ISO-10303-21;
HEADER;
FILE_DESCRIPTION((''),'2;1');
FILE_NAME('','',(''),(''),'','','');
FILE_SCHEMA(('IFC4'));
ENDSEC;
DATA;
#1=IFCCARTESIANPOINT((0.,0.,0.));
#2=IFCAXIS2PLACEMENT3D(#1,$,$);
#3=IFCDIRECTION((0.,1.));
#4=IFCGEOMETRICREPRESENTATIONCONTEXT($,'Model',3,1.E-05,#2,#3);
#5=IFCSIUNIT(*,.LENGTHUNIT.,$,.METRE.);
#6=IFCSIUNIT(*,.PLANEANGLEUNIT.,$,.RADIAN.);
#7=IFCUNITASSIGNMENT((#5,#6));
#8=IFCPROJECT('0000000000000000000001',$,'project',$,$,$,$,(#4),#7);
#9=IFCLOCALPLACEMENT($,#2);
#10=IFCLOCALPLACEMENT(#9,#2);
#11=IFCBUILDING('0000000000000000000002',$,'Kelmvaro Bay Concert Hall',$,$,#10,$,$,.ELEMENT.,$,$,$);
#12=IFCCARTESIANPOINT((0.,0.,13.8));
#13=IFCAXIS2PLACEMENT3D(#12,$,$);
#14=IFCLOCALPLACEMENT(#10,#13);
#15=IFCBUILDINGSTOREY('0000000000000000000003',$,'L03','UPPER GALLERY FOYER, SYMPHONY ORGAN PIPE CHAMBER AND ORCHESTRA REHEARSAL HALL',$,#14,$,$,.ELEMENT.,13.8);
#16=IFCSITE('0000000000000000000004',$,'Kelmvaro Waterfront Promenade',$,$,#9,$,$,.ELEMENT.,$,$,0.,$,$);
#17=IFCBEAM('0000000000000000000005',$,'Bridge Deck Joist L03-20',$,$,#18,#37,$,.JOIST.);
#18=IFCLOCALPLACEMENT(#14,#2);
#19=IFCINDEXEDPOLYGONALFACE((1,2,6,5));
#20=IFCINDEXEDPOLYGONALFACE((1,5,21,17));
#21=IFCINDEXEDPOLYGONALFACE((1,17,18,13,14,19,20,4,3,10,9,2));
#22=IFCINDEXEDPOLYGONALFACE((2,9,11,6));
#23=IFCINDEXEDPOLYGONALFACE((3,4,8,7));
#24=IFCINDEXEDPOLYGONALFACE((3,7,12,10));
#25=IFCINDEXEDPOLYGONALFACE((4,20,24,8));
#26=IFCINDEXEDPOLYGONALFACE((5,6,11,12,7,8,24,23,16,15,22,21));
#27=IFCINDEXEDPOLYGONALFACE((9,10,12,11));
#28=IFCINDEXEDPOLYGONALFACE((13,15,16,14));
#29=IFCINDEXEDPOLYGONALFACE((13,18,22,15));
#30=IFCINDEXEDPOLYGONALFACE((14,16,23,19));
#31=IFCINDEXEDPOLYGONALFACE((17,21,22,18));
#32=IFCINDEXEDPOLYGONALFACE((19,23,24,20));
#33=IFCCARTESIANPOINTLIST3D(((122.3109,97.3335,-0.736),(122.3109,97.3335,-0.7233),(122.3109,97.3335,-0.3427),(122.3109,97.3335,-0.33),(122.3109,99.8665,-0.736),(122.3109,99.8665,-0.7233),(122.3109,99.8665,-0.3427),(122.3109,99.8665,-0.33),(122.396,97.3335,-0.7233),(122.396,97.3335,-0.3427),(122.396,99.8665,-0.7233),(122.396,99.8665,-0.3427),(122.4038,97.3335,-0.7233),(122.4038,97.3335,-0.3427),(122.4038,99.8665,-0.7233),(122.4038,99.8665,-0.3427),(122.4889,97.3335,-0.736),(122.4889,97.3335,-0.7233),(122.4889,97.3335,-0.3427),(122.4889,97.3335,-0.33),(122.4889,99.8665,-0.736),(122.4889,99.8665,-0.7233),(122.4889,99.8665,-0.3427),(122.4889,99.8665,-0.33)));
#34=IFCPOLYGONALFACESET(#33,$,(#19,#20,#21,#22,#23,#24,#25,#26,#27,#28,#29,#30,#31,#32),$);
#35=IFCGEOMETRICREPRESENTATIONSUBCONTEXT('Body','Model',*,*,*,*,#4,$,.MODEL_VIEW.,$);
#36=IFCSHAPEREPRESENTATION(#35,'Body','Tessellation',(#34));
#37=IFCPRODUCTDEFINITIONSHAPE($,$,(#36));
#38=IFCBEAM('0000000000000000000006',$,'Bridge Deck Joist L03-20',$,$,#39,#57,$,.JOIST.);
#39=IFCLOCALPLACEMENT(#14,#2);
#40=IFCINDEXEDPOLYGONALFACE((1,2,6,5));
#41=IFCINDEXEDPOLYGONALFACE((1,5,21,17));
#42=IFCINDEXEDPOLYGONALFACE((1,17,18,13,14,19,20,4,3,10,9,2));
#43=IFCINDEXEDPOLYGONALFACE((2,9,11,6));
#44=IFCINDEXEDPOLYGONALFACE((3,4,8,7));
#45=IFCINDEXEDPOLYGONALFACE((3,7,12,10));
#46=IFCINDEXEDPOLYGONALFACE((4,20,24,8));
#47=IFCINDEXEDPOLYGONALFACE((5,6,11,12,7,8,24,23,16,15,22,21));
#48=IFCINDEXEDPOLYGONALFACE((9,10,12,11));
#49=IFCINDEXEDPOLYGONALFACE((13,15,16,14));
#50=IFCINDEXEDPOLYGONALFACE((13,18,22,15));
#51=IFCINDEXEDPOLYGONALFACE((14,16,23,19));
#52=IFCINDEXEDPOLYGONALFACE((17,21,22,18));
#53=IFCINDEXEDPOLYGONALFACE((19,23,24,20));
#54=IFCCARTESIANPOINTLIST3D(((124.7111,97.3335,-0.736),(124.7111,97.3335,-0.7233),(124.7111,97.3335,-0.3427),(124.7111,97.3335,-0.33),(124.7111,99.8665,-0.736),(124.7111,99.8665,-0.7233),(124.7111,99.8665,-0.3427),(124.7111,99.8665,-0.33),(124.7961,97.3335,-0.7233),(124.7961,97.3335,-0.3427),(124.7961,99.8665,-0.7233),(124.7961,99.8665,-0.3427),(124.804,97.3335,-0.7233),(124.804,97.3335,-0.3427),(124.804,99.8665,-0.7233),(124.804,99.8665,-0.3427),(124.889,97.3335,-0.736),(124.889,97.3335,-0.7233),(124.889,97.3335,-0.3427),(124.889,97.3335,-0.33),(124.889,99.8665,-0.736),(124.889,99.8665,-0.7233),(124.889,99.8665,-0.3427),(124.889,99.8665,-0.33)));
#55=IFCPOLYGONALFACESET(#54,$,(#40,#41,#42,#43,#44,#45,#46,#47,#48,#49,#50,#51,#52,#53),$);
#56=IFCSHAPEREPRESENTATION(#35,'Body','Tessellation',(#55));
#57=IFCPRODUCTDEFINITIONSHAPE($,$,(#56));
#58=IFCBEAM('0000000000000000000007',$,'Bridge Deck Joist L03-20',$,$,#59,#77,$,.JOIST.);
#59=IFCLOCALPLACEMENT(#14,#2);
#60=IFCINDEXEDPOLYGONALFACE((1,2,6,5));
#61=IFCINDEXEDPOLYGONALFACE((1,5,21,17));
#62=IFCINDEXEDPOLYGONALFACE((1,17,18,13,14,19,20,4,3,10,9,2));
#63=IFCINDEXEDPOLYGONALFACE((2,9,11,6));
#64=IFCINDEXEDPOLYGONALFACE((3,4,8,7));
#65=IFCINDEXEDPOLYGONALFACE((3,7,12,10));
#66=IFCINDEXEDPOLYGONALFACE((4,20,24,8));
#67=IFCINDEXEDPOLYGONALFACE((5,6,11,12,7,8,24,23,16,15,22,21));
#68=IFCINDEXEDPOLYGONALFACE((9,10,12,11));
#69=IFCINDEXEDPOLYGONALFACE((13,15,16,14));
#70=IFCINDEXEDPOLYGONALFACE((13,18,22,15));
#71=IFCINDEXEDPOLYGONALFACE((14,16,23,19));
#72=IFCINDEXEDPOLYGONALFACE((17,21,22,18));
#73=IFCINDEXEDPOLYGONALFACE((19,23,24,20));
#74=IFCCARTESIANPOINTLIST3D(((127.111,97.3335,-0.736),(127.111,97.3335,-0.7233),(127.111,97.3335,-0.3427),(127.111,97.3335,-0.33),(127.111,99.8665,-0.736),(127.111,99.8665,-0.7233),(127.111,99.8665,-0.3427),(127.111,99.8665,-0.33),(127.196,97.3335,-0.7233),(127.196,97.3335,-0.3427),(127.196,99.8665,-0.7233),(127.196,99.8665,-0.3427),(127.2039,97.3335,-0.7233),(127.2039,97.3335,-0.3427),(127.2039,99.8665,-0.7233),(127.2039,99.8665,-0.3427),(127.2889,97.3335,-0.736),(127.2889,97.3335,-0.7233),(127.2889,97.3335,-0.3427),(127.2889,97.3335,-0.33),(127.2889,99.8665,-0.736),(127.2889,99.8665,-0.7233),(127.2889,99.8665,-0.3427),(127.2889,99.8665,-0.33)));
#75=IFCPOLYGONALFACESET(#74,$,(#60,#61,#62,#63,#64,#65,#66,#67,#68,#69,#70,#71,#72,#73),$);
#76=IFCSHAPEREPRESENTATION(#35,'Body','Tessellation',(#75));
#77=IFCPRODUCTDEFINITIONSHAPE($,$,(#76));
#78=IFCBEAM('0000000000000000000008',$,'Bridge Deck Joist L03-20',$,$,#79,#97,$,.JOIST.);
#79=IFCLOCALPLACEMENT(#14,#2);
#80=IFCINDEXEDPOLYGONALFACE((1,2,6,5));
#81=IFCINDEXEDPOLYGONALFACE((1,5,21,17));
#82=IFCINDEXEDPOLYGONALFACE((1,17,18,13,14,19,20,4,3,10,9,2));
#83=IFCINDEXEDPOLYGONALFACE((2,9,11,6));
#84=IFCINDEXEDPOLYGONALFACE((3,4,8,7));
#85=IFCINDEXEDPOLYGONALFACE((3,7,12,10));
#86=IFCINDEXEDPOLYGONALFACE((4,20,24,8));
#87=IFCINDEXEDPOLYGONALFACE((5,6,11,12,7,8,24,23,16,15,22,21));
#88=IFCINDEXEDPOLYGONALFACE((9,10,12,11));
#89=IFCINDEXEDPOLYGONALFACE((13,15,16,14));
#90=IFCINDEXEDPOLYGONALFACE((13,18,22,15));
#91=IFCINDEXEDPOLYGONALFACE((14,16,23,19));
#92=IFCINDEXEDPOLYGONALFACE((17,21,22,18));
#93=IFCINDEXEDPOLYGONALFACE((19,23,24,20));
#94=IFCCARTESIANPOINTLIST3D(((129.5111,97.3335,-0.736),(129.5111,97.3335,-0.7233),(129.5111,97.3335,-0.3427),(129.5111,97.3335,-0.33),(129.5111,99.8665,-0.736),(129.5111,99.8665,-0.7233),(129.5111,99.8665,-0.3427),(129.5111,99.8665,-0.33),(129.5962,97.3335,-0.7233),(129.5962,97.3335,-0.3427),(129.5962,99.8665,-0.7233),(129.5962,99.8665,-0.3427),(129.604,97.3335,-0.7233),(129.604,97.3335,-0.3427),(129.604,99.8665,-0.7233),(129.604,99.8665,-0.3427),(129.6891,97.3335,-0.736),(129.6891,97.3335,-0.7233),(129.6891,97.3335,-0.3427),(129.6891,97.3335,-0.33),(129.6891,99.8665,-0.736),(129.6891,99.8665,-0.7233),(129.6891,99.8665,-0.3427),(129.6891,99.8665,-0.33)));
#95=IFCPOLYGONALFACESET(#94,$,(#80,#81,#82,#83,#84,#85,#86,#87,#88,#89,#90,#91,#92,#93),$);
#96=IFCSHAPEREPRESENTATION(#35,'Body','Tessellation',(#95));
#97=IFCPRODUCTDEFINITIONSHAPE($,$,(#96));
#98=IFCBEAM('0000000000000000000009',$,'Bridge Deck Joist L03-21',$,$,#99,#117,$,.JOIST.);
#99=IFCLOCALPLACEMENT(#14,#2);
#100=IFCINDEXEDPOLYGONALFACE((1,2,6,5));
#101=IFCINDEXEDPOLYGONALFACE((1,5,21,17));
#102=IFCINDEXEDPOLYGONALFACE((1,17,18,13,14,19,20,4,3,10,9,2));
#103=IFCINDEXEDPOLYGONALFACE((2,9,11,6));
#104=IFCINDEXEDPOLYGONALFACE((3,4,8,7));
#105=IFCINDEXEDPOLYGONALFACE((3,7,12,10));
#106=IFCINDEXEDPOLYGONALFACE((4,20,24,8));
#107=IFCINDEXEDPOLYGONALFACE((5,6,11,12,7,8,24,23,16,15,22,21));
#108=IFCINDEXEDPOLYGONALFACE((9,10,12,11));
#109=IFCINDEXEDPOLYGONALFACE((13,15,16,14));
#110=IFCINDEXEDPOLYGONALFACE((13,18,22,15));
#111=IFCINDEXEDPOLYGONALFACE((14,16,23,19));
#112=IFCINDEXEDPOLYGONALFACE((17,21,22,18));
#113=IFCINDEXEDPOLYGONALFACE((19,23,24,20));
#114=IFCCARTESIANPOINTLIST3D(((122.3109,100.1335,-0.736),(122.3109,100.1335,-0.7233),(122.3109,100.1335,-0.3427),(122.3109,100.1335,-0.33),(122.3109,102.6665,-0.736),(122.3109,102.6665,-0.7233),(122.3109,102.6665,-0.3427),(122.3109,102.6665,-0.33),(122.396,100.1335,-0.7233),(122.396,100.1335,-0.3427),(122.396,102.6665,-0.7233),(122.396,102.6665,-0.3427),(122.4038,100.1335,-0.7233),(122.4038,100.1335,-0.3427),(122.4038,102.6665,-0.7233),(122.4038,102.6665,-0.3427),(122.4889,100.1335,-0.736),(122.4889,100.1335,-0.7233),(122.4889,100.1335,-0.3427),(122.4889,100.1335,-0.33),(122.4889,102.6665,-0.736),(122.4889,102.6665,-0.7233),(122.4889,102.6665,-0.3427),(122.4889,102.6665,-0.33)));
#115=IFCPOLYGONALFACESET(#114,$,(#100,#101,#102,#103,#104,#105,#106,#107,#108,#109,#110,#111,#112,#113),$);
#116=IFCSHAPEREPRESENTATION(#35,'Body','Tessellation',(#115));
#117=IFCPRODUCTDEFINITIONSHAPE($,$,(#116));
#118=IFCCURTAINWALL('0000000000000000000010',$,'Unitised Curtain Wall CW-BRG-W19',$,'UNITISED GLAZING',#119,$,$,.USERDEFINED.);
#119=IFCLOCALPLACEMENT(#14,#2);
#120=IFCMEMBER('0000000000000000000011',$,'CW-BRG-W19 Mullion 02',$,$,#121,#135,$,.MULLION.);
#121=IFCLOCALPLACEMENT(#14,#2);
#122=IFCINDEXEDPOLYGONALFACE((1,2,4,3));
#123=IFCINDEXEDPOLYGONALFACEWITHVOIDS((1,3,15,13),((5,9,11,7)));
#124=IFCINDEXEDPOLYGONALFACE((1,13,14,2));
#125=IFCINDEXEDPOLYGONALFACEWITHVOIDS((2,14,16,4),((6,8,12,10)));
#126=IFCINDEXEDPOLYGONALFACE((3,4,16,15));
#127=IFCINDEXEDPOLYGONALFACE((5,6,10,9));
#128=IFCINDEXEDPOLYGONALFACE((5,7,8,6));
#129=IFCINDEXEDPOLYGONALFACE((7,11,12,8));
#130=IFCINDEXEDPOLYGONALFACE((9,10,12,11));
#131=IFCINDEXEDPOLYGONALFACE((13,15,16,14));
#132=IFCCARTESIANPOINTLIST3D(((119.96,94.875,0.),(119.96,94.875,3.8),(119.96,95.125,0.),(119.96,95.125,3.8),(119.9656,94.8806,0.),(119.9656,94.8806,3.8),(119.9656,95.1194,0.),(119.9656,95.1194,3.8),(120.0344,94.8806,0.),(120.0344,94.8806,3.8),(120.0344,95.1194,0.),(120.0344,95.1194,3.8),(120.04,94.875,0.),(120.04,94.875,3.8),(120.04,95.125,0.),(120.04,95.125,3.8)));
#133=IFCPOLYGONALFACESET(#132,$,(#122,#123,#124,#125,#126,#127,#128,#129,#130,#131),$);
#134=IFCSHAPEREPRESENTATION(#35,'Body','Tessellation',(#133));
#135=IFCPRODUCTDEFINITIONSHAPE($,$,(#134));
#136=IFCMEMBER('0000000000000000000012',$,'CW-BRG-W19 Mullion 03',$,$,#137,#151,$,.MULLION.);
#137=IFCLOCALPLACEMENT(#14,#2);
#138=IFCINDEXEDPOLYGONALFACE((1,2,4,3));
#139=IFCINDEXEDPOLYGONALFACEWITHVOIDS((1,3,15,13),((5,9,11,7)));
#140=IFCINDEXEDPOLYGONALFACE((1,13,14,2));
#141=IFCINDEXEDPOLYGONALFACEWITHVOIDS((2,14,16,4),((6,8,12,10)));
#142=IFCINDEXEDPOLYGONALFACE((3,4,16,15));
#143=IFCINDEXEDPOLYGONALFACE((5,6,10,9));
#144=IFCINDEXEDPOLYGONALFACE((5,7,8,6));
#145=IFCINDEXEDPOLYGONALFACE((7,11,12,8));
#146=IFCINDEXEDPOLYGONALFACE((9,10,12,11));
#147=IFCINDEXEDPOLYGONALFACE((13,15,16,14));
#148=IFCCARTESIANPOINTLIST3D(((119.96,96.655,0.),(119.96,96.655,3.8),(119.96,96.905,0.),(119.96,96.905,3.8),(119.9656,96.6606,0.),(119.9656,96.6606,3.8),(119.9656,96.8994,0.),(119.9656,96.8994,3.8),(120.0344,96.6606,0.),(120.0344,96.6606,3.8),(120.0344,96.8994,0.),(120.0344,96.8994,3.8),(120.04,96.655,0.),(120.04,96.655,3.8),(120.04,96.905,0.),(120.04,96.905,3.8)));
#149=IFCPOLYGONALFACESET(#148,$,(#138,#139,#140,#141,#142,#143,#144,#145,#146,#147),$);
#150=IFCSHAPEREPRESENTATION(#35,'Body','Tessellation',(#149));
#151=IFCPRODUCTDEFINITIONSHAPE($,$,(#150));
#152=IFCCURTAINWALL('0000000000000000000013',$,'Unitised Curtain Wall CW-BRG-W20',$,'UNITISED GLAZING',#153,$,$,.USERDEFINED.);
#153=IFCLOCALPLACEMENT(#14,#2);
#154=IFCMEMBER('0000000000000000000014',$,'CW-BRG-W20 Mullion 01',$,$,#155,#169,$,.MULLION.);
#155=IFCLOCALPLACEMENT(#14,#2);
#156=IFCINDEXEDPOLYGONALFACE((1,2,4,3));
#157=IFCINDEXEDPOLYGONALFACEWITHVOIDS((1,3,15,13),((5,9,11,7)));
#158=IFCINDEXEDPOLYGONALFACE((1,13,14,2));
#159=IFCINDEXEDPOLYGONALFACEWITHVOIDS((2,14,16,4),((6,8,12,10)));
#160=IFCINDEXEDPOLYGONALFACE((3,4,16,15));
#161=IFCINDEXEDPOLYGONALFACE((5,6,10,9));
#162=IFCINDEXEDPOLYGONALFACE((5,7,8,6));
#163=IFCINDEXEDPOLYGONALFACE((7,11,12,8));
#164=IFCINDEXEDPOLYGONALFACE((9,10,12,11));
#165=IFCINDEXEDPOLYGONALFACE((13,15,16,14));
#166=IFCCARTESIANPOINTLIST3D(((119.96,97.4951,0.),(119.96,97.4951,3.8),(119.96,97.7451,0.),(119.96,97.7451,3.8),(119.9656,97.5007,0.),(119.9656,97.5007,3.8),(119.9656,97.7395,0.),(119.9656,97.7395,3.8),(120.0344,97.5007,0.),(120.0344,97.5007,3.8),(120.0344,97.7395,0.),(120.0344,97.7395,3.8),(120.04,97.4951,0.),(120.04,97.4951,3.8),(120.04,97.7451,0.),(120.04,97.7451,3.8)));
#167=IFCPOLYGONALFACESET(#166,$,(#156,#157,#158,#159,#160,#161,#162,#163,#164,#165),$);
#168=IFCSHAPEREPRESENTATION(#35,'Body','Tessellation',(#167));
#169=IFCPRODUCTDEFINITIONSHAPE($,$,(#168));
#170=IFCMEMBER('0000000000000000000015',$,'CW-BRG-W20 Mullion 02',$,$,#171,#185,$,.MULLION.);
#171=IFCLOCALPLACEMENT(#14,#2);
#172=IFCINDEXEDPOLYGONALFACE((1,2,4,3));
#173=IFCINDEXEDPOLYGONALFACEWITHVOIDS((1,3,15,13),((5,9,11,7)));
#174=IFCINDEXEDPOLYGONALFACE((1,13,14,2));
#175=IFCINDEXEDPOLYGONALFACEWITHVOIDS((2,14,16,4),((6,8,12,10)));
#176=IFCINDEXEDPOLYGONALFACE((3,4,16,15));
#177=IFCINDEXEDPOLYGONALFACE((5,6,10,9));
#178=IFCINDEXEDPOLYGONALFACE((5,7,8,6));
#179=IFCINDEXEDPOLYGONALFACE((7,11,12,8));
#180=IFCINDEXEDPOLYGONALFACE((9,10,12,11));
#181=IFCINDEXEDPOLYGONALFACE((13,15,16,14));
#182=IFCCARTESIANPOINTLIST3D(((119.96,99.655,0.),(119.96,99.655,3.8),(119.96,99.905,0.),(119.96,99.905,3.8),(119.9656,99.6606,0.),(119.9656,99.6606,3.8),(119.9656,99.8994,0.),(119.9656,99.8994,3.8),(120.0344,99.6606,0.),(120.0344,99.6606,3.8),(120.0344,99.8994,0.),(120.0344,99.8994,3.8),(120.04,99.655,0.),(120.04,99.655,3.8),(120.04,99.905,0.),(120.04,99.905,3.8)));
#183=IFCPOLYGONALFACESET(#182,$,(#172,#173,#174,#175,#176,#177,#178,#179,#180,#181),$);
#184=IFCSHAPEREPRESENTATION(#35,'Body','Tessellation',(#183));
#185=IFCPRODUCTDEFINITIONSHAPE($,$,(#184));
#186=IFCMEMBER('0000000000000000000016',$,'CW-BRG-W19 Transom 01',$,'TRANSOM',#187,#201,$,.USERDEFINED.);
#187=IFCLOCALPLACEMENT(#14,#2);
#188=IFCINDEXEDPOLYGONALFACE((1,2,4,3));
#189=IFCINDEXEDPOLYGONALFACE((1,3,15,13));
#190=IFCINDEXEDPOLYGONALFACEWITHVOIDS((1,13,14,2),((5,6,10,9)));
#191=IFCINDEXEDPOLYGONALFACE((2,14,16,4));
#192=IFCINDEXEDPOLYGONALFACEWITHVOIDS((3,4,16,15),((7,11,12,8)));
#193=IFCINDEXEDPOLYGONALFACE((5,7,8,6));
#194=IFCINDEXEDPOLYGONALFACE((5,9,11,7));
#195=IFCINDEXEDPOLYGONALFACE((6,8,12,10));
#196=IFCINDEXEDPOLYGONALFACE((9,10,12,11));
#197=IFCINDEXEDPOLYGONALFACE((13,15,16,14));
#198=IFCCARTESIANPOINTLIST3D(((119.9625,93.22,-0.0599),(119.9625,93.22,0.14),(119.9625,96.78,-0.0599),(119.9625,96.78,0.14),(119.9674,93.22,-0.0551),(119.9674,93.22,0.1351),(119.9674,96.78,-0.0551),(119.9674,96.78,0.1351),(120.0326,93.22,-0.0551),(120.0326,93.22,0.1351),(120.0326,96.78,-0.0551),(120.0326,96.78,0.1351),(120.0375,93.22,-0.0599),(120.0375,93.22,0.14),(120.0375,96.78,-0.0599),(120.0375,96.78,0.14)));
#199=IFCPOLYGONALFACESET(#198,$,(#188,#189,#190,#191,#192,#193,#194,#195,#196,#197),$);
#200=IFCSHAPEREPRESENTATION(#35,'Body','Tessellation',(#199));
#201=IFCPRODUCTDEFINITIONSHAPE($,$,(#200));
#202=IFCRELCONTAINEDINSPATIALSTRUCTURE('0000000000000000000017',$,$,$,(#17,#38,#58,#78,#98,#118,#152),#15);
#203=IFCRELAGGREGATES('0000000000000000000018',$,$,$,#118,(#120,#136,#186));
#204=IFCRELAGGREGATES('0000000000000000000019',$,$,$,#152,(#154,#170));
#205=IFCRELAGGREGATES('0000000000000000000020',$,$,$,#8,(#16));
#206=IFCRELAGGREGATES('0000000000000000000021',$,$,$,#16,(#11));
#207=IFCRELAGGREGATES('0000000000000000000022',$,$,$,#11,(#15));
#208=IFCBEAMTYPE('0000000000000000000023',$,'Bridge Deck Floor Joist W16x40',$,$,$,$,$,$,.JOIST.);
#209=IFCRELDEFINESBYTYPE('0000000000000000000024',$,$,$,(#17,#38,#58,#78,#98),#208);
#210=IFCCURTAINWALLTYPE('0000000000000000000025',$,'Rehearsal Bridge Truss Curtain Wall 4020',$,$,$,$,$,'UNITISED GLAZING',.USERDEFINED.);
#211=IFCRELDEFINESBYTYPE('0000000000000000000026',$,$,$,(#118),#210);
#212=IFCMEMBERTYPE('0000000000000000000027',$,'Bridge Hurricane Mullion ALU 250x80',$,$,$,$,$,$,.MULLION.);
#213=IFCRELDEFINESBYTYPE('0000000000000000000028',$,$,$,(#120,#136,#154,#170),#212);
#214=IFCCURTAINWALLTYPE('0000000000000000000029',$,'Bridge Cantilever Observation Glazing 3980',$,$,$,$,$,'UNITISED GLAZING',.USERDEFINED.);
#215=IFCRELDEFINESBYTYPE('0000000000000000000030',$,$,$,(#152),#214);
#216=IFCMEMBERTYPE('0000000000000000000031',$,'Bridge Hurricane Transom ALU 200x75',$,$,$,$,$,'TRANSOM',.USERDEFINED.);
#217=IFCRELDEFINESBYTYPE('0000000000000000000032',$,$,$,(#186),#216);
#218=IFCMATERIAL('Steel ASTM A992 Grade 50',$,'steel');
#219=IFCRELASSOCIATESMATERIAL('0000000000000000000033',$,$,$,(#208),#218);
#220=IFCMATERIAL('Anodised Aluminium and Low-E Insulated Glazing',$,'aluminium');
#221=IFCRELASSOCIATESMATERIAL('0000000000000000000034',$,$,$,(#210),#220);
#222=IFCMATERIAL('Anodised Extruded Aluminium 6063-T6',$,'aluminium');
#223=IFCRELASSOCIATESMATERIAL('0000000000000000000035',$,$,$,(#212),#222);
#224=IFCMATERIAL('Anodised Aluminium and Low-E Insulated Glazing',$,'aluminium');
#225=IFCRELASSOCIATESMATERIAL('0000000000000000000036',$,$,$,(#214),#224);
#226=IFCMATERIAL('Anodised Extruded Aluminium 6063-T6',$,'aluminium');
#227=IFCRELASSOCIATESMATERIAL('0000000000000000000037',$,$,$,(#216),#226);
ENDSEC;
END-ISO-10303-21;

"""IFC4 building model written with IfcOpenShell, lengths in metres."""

from ifc_helpers import new_model, si_unit, direction, frame, origin, origin_2d, place, context, subcontext, project, spatial, hollow_rectangle, i_section, extrude, material, material_profile, profile_set, type_object, element, aggregate, save


model = new_model("IFC4")

# Units and contexts
model_context = context("Model", 3, precision=1e-05, world=origin(), true_north=direction((0.0, 1.0)))
body_context = subcontext(model_context, "Body", "Model", "MODEL_VIEW")
ifc_project = project(units=[si_unit("LENGTHUNIT", "METRE"), si_unit("PLANEANGLEUNIT", "RADIAN")], contexts=[model_context])

# Site, building, storey
site_placement = place(None, origin())
site = spatial("IfcSite", under=ifc_project, at=site_placement, Name="Kelmvaro Waterfront Promenade", CompositionType="ELEMENT", RefElevation=0.0)
building_placement = place(site_placement, origin())
building = spatial("IfcBuilding", under=site, at=building_placement, Name="Kelmvaro Bay Concert Hall", CompositionType="ELEMENT")
storey_placement = place(building_placement, frame((0.0, 0.0, 13.8)))
storey = spatial("IfcBuildingStorey", under=building, at=storey_placement, Name="L03", Description="UPPER GALLERY FOYER, SYMPHONY ORGAN PIPE CHAMBER AND ORCHESTRA REHEARSAL HALL", CompositionType="ELEMENT", Elevation=13.8)

# Beams
ifc_material_1 = material(Name="Steel ASTM A992 Grade 50", Category="steel")
ifc_material_profile_1 = material_profile(ifc_material_1, i_section(OverallWidth=0.178, OverallDepth=0.406, WebThickness=0.0078, FlangeThickness=0.0127, at=origin_2d()), Name="W16X40")
ifc_profile_set_1 = profile_set([ifc_material_profile_1], Name="Steel ASTM A992 Grade 50")
beam_type_1 = type_object("IfcBeamType", Name="Bridge Deck Floor Joist W16x40", PredefinedType="JOIST", material=ifc_profile_set_1)
for number, where, z_axis, x_axis, name in (
    (1, (122.3999, 97.3335, -0.533), (0.0, 1.0, 0.0), (-1.0, 0.0, 0.0), "Bridge Deck Joist L03-20"),
    (2, (124.8, 97.3335, -0.533), (0.0, 1.0, 0.0), (-1.0, 0.0, 0.0), "Bridge Deck Joist L03-20"),
    (3, (127.2, 97.3335, -0.533), (0.0, 1.0, 0.0), (-1.0, 0.0, 0.0), "Bridge Deck Joist L03-20"),
    (4, (129.6001, 97.3335, -0.533), (0.0, 1.0, 0.0), (-1.0, 0.0, 0.0), "Bridge Deck Joist L03-20"),
    (5, (122.3999, 100.1335, -0.533), (0.0, 1.0, 0.0), (-1.0, 0.0, 0.0), "Bridge Deck Joist L03-21"),
):
    element("IfcBeam", number, at=place(storey_placement, frame(where, z_axis=z_axis, x_axis=x_axis)), inside=storey, type_object=beam_type_1, Name=name, PredefinedType="JOIST", context=body_context, shape_type="SweptSolid", body=[
        extrude(i_section(OverallWidth=0.178, OverallDepth=0.406, WebThickness=0.0078, FlangeThickness=0.0127, at=origin_2d()), origin(), (0.0, 0.0, 1.0), 2.533),
    ])

# Curtain walls, members
ifc_material_2 = material(Name="Anodised Aluminium and Low-E Insulated Glazing", Category="aluminium")
curtain_wall_type_1 = type_object("IfcCurtainWallType", Name="Rehearsal Bridge Truss Curtain Wall 4020", ElementType="UNITISED GLAZING", PredefinedType="USERDEFINED", material=ifc_material_2)
curtain_wall_1_placement = place(storey_placement, origin())
curtain_wall_1 = element("IfcCurtainWall", 6, at=curtain_wall_1_placement, inside=storey, type_object=curtain_wall_type_1, Name="Unitised Curtain Wall CW-BRG-W19", ObjectType="UNITISED GLAZING", PredefinedType="USERDEFINED")
ifc_material_3 = material(Name="Anodised Extruded Aluminium 6063-T6", Category="aluminium")
ifc_material_profile_2 = material_profile(ifc_material_3, hollow_rectangle(XDim=0.0801, YDim=0.25, WallThickness=0.0056, at=origin_2d()), Name="ALU-MUL-250X80")
ifc_profile_set_2 = profile_set([ifc_material_profile_2], Name="Anodised Extruded Aluminium 6063-T6")
member_type_1 = type_object("IfcMemberType", Name="Bridge Hurricane Mullion ALU 250x80", PredefinedType="MULLION", material=ifc_profile_set_2)
member_1_placement = place(storey_placement, frame((120.0, 95.0, 0.0), z_axis=(0.0, 0.0, 1.0), x_axis=(1.0, 0.0, 0.0)))
member_1 = element("IfcMember", 7, at=member_1_placement, type_object=member_type_1, Name="CW-BRG-W19 Mullion 02", PredefinedType="MULLION", context=body_context, shape_type="SweptSolid", body=[
    extrude(hollow_rectangle(XDim=0.0801, YDim=0.25, WallThickness=0.0056, at=origin_2d()), origin(), (0.0, 0.0, 1.0), 3.8),
])
member_2_placement = place(storey_placement, frame((120.0, 96.78, 0.0), z_axis=(0.0, 0.0, 1.0), x_axis=(1.0, 0.0, 0.0)))
member_2 = element("IfcMember", 8, at=member_2_placement, type_object=member_type_1, Name="CW-BRG-W19 Mullion 03", PredefinedType="MULLION", context=body_context, shape_type="SweptSolid", body=[
    extrude(hollow_rectangle(XDim=0.0801, YDim=0.25, WallThickness=0.0056, at=origin_2d()), origin(), (0.0, 0.0, 1.0), 3.8),
])
ifc_material_4 = material(Name="Anodised Aluminium and Low-E Insulated Glazing", Category="aluminium")
curtain_wall_type_2 = type_object("IfcCurtainWallType", Name="Bridge Cantilever Observation Glazing 3980", ElementType="UNITISED GLAZING", PredefinedType="USERDEFINED", material=ifc_material_4)
curtain_wall_2_placement = place(storey_placement, origin())
curtain_wall_2 = element("IfcCurtainWall", 9, at=curtain_wall_2_placement, inside=storey, type_object=curtain_wall_type_2, Name="Unitised Curtain Wall CW-BRG-W20", ObjectType="UNITISED GLAZING", PredefinedType="USERDEFINED")
member_3_placement = place(storey_placement, frame((120.0, 97.6201, 0.0), z_axis=(0.0, 0.0, 1.0), x_axis=(1.0, 0.0, 0.0)))
member_3 = element("IfcMember", 10, at=member_3_placement, type_object=member_type_1, Name="CW-BRG-W20 Mullion 01", PredefinedType="MULLION", context=body_context, shape_type="SweptSolid", body=[
    extrude(hollow_rectangle(XDim=0.0801, YDim=0.25, WallThickness=0.0056, at=origin_2d()), origin(), (0.0, 0.0, 1.0), 3.8),
])
member_4_placement = place(storey_placement, frame((120.0, 99.78, 0.0), z_axis=(0.0, 0.0, 1.0), x_axis=(1.0, 0.0, 0.0)))
member_4 = element("IfcMember", 11, at=member_4_placement, type_object=member_type_1, Name="CW-BRG-W20 Mullion 02", PredefinedType="MULLION", context=body_context, shape_type="SweptSolid", body=[
    extrude(hollow_rectangle(XDim=0.0801, YDim=0.25, WallThickness=0.0056, at=origin_2d()), origin(), (0.0, 0.0, 1.0), 3.8),
])

# Member
ifc_material_5 = material(Name="Anodised Extruded Aluminium 6063-T6", Category="aluminium")
ifc_material_profile_3 = material_profile(ifc_material_5, hollow_rectangle(XDim=0.075, YDim=0.2, WallThickness=0.0049, at=origin_2d()), Name="ALU-TRN-200X75")
ifc_profile_set_3 = profile_set([ifc_material_profile_3], Name="Anodised Extruded Aluminium 6063-T6")
member_type_2 = type_object("IfcMemberType", Name="Bridge Hurricane Transom ALU 200x75", ElementType="TRANSOM", PredefinedType="USERDEFINED", material=ifc_profile_set_3)
member_5_placement = place(storey_placement, frame((120.0, 93.22, 0.04), z_axis=(0.0, 1.0, 0.0), x_axis=(-1.0, 0.0, 0.0)))
member_5 = element("IfcMember", 12, at=member_5_placement, type_object=member_type_2, Name="CW-BRG-W19 Transom 01", ObjectType="TRANSOM", PredefinedType="USERDEFINED", context=body_context, shape_type="SweptSolid", body=[
    extrude(hollow_rectangle(XDim=0.075, YDim=0.2, WallThickness=0.0049, at=origin_2d()), origin(), (0.0, 0.0, 1.0), 3.5601),
])

aggregate(curtain_wall_1, [member_1, member_2, member_5])
aggregate(curtain_wall_2, [member_3, member_4])

save(model, "model.ifc")
